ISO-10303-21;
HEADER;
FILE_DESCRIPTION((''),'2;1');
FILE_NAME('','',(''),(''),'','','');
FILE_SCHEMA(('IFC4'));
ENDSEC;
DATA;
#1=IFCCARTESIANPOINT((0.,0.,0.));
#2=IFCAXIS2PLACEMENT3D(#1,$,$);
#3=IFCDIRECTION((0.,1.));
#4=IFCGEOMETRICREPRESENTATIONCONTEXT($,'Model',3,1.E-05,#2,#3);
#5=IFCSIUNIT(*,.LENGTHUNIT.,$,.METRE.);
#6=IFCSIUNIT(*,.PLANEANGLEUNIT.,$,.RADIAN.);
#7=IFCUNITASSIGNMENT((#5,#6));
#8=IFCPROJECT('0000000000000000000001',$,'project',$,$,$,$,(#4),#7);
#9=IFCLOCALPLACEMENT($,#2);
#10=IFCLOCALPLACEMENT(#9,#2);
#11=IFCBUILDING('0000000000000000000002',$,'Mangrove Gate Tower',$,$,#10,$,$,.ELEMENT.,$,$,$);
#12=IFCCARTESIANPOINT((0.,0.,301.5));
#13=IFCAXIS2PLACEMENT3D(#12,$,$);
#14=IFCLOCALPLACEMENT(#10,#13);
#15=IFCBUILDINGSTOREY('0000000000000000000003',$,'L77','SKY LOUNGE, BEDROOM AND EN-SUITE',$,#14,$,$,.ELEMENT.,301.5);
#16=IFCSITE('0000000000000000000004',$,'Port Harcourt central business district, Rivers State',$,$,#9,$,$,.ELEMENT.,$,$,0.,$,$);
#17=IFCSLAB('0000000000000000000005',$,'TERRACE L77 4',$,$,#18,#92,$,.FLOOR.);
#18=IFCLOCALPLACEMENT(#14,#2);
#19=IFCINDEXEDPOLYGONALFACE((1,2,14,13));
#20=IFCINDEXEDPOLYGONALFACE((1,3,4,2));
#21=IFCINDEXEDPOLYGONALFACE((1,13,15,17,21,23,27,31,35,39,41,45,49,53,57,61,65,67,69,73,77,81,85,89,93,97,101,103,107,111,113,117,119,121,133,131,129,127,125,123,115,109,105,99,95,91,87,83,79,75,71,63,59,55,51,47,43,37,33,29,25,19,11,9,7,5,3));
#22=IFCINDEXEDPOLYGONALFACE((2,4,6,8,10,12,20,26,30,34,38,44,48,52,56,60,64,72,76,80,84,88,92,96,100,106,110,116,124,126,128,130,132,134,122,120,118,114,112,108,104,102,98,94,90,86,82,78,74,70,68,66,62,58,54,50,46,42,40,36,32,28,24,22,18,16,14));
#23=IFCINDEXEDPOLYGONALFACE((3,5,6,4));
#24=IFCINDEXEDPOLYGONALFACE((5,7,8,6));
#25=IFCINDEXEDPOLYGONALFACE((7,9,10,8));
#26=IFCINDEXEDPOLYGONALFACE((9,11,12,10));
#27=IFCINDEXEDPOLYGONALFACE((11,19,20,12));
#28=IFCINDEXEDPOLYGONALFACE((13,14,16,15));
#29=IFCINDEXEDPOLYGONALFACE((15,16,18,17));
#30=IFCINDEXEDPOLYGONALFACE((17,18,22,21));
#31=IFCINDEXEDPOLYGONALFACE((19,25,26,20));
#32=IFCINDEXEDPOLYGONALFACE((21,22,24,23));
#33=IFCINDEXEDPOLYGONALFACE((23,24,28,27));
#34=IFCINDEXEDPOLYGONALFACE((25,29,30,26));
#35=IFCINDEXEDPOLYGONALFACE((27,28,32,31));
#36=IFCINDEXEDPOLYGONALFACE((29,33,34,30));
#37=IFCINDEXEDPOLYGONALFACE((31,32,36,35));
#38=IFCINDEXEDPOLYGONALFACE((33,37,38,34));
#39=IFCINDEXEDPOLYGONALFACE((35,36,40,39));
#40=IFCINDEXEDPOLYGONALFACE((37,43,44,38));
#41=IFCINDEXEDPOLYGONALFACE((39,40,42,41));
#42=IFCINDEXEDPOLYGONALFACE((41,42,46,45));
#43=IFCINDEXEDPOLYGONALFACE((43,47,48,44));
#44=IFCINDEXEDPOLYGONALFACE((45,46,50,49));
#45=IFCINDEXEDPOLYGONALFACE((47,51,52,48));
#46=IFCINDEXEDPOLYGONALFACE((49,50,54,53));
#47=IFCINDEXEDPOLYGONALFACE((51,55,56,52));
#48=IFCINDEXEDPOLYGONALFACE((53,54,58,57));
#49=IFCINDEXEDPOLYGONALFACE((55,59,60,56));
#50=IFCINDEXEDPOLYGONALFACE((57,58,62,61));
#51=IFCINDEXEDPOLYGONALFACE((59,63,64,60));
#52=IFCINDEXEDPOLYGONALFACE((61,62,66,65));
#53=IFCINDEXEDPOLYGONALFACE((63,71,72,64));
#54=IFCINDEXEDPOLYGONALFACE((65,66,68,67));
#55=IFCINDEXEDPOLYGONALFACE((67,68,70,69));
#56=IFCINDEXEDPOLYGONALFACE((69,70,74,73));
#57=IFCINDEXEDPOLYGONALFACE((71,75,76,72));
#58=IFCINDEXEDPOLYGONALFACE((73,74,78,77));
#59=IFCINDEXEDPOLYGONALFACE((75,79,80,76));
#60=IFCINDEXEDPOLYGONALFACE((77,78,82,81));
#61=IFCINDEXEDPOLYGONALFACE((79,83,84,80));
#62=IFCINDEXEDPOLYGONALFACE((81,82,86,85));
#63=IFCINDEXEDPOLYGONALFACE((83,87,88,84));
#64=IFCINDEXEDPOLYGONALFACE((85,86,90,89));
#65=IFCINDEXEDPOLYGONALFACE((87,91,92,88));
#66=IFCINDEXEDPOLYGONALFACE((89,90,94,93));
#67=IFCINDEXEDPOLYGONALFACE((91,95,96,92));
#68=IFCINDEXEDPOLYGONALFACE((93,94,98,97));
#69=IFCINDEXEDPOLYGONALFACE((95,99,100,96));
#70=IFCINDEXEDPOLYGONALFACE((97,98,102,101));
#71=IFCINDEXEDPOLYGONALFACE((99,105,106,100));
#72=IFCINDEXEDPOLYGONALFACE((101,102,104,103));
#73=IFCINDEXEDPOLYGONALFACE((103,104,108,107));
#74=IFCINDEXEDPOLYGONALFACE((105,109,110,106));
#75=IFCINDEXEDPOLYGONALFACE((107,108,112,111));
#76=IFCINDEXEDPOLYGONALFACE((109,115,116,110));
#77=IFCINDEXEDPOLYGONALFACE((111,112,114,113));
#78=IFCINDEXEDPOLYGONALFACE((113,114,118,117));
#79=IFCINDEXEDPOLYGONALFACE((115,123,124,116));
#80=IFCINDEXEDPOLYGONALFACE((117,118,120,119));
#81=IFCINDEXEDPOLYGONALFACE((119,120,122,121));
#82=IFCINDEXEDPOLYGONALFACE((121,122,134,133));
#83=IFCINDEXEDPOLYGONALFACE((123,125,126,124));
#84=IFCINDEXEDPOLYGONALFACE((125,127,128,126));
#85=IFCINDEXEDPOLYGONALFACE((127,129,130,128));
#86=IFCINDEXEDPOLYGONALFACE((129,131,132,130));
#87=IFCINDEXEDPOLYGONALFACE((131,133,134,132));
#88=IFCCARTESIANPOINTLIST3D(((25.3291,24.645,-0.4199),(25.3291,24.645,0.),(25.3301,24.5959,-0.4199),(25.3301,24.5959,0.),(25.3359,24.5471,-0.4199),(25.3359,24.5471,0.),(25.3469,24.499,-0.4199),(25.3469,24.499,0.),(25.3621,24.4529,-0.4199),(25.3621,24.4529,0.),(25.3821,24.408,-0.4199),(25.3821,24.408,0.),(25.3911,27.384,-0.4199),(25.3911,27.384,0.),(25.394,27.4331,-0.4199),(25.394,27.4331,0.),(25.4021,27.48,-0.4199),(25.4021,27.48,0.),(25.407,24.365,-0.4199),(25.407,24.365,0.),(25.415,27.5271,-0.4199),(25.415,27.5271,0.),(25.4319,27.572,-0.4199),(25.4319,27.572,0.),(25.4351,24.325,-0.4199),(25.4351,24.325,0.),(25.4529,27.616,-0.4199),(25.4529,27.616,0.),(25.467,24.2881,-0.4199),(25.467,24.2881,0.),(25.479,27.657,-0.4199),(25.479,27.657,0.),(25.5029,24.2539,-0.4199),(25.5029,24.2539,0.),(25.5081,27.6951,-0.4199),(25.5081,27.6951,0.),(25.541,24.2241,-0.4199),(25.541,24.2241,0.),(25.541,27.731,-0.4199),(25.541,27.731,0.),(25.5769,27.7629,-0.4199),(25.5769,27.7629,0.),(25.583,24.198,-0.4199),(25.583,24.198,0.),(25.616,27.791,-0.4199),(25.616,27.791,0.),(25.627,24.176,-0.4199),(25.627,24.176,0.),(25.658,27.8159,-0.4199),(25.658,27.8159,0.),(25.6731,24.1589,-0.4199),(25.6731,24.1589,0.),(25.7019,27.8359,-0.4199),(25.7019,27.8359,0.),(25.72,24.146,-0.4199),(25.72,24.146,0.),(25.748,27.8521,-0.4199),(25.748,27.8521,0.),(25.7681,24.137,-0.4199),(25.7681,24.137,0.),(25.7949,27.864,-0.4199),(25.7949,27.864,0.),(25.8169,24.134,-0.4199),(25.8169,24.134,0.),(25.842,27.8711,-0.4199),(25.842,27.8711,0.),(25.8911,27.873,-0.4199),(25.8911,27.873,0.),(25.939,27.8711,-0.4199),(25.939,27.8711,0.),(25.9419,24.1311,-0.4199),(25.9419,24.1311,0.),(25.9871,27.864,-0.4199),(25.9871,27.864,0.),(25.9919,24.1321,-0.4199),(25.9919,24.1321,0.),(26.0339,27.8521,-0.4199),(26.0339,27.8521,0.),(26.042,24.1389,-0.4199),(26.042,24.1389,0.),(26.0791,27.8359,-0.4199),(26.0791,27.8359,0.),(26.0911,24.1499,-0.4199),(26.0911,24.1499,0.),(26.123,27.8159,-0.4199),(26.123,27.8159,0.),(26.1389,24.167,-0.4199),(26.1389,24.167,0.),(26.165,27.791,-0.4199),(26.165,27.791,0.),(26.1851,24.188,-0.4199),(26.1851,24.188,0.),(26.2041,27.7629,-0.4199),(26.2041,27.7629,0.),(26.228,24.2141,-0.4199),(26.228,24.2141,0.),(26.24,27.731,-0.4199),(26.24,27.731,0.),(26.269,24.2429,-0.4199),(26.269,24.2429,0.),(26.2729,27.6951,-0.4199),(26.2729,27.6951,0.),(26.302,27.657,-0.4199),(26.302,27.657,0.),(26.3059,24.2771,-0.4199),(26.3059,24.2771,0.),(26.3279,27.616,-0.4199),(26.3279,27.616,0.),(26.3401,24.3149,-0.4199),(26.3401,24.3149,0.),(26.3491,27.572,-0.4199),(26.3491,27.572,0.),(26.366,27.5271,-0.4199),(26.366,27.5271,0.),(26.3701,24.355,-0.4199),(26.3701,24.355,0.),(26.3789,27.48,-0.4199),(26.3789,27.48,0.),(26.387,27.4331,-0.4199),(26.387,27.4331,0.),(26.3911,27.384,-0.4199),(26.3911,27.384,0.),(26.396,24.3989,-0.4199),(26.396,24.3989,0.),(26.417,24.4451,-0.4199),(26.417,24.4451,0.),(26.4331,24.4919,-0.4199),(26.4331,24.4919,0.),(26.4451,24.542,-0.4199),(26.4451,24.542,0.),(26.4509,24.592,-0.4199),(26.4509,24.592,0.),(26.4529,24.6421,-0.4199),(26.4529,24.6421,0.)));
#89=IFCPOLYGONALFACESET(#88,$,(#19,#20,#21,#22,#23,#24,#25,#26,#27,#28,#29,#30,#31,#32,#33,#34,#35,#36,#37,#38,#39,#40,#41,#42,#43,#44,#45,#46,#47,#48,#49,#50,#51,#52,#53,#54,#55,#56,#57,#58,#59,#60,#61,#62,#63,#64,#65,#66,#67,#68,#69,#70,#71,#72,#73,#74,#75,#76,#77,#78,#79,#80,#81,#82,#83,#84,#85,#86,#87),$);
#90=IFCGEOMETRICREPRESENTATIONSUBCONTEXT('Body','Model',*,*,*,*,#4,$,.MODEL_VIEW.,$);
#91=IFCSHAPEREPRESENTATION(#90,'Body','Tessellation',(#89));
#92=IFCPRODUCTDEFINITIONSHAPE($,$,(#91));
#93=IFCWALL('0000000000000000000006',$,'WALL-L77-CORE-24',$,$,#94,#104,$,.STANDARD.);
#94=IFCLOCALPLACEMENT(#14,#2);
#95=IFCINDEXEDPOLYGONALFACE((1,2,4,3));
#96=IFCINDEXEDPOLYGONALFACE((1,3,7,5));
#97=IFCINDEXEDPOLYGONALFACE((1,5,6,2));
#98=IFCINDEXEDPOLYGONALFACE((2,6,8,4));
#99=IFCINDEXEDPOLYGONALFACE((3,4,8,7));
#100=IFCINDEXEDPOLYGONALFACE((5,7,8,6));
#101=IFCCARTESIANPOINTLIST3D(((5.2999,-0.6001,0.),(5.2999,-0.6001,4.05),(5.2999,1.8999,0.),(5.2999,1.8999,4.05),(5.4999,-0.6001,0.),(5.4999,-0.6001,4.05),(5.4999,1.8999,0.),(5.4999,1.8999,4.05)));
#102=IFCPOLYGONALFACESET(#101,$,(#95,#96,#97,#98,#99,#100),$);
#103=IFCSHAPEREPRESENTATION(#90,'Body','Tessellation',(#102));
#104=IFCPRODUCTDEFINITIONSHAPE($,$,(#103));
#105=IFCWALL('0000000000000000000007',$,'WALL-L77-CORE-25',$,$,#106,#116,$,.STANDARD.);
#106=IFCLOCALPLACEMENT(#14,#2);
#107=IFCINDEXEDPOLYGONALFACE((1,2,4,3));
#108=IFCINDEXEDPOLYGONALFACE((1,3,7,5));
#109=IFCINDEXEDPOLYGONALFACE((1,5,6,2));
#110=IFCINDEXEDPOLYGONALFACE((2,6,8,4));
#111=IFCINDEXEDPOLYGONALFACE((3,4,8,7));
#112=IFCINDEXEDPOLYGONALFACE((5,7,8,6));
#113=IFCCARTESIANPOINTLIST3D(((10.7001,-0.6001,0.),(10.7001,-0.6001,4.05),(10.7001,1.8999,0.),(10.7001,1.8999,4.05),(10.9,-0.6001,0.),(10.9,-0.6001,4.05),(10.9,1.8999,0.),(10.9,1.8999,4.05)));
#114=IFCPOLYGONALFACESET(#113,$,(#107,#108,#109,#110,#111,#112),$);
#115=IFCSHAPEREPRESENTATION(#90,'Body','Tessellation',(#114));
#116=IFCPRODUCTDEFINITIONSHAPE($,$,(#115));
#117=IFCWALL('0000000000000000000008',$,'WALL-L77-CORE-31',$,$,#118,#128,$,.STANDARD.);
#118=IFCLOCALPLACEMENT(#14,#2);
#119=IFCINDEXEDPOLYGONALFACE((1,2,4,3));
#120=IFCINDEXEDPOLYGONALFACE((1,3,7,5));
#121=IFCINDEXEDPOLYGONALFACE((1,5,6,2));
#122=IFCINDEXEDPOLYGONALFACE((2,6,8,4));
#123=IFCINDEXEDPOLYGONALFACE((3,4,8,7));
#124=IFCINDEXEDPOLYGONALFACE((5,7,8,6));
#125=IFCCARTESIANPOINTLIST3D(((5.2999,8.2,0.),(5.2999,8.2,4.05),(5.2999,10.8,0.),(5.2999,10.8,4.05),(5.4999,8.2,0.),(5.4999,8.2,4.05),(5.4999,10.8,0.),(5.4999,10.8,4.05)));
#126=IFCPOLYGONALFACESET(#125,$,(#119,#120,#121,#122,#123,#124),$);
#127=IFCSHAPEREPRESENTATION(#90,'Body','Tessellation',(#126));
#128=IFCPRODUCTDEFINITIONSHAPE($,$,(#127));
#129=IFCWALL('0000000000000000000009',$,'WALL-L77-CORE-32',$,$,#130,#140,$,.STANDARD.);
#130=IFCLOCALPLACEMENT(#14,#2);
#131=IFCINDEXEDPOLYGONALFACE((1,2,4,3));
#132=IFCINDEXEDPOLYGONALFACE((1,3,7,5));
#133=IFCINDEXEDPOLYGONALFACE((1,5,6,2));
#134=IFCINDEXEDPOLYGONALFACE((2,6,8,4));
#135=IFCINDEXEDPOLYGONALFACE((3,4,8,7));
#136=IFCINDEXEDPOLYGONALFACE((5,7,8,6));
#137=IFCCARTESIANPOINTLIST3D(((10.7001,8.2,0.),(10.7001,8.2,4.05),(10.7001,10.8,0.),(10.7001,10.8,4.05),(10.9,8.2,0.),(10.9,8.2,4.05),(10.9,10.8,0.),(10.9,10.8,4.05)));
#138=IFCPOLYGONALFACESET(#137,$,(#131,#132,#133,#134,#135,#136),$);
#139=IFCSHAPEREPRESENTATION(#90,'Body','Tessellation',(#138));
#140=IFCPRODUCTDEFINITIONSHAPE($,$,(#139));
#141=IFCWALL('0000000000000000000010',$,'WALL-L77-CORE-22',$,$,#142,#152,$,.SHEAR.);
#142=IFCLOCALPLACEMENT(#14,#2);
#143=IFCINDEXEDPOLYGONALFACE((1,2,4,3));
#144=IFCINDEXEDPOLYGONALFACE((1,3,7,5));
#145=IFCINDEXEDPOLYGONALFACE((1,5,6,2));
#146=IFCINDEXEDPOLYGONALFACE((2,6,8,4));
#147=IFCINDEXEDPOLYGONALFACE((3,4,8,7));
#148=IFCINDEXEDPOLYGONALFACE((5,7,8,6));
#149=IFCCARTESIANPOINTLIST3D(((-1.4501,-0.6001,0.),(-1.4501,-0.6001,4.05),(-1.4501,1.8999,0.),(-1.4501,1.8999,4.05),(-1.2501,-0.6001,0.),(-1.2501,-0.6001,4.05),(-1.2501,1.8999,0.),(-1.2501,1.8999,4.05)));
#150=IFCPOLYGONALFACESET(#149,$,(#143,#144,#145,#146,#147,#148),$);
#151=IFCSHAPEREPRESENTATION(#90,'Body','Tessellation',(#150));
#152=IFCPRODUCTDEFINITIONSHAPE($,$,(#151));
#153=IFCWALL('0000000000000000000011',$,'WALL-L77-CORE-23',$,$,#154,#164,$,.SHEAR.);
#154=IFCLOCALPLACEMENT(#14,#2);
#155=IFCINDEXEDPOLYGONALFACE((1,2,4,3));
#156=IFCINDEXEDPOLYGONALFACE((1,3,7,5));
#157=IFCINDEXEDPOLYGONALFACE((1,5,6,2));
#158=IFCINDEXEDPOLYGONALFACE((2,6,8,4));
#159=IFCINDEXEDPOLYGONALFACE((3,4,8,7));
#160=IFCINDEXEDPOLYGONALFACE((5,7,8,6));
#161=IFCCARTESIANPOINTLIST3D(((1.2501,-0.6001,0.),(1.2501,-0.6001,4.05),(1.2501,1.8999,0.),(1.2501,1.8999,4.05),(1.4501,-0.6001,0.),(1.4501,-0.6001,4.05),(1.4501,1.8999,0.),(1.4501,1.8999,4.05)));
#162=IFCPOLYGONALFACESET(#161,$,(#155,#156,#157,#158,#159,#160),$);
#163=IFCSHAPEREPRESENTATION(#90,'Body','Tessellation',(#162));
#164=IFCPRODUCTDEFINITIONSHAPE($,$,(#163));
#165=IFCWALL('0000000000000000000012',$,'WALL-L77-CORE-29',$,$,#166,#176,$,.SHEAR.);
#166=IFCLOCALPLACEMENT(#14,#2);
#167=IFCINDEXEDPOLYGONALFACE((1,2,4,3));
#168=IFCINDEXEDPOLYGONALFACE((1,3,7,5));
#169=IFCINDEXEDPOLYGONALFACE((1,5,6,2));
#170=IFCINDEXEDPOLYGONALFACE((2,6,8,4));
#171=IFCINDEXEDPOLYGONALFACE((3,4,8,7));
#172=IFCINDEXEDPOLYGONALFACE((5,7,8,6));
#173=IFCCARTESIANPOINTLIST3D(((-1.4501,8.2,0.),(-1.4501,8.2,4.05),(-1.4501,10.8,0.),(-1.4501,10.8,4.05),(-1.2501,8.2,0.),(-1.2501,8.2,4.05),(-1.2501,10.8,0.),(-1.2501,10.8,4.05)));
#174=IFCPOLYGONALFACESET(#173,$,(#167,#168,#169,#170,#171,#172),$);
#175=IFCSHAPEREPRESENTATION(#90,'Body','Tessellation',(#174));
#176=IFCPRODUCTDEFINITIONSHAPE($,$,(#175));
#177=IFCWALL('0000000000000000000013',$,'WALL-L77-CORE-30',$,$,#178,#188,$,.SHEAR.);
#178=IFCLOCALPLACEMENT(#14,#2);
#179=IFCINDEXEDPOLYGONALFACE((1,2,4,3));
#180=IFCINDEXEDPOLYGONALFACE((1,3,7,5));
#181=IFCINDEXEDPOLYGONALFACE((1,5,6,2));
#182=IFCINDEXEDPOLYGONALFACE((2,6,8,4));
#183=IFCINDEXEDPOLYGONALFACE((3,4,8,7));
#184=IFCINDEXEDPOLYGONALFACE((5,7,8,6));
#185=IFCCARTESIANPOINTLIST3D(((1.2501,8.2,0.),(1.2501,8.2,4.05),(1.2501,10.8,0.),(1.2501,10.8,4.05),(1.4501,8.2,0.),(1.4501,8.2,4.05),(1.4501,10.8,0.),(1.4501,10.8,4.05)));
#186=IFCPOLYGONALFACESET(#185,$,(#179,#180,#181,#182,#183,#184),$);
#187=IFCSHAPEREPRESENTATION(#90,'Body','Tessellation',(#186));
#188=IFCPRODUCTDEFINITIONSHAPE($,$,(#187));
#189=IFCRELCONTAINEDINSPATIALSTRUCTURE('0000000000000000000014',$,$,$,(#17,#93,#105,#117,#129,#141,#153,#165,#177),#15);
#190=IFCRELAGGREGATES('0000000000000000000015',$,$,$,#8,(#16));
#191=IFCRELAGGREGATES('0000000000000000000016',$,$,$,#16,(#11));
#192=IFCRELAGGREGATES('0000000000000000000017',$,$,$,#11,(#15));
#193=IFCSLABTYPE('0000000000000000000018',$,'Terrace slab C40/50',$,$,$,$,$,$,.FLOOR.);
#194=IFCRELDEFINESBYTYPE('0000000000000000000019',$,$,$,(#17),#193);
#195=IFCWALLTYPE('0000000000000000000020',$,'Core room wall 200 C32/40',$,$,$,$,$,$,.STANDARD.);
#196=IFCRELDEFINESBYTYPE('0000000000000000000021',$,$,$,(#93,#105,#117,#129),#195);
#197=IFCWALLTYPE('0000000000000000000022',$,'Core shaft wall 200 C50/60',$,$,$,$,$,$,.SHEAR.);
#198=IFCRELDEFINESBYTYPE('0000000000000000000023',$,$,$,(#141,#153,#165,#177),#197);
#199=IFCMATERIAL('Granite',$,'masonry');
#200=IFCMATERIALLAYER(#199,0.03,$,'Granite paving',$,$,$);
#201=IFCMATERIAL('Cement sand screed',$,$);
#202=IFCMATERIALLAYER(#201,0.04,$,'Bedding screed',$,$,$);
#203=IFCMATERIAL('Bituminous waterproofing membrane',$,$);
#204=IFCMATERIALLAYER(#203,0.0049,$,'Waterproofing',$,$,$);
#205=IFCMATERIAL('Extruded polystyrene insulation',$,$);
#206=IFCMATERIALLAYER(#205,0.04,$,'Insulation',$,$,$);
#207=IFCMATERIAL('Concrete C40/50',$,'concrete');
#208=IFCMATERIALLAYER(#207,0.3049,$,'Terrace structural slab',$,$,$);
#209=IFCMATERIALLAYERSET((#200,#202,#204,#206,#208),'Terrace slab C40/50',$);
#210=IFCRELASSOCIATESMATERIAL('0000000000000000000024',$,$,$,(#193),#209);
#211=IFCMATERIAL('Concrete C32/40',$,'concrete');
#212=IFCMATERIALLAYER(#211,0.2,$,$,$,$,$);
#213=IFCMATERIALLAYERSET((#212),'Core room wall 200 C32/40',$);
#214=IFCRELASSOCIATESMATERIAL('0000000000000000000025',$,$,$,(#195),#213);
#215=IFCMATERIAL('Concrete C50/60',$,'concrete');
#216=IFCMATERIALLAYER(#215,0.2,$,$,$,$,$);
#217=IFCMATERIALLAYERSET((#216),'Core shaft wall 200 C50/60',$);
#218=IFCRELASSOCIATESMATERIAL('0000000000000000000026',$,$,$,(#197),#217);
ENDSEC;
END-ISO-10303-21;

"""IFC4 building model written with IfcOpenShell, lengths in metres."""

from ifc_helpers import new_model, si_unit, direction, frame, frame_2d, origin, place, context, subcontext, project, spatial, polyline, rectangle, outline, extrude, material, layer, layer_set, type_object, element, save


model = new_model("IFC4")

# Units and contexts
model_context = context("Model", 3, precision=1e-05, world=origin(), true_north=direction((0.0, 1.0)))
body_context = subcontext(model_context, "Body", "Model", "MODEL_VIEW")
ifc_project = project(units=[si_unit("LENGTHUNIT", "METRE"), si_unit("PLANEANGLEUNIT", "RADIAN")], contexts=[model_context])

# Site, building, storey
site_placement = place(None, origin())
site = spatial("IfcSite", under=ifc_project, at=site_placement, Name="Port Harcourt central business district, Rivers State", CompositionType="ELEMENT", RefElevation=0.0)
building_placement = place(site_placement, origin())
building = spatial("IfcBuilding", under=site, at=building_placement, Name="Mangrove Gate Tower", CompositionType="ELEMENT")
storey_placement = place(building_placement, frame((0.0, 0.0, 301.5)))
storey = spatial("IfcBuildingStorey", under=building, at=storey_placement, Name="L77", Description="SKY LOUNGE, BEDROOM AND EN-SUITE", CompositionType="ELEMENT", Elevation=301.5)

# Shared definitions
ifc_material_1 = material(Name="Cement sand screed")
ifc_material_2 = material(Name="Bituminous waterproofing membrane")
ifc_material_3 = material(Name="Concrete C40/50", Category="concrete")

# Slab
ifc_material_4 = material(Name="Granite", Category="masonry")
ifc_layer_1 = layer(ifc_material_4, 0.03, Name="Granite paving")
ifc_layer_2 = layer(ifc_material_1, 0.04, Name="Bedding screed")
ifc_layer_3 = layer(ifc_material_2, 0.0049, Name="Waterproofing")
ifc_material_5 = material(Name="Extruded polystyrene insulation")
ifc_layer_4 = layer(ifc_material_5, 0.04, Name="Insulation")
ifc_layer_5 = layer(ifc_material_3, 0.3049, Name="Terrace structural slab")
ifc_layer_set_1 = layer_set([ifc_layer_1, ifc_layer_2, ifc_layer_3, ifc_layer_4, ifc_layer_5], Name="Terrace slab C40/50")
slab_type_1 = type_object("IfcSlabType", Name="Terrace slab C40/50", PredefinedType="FLOOR", material=ifc_layer_set_1)
slab_1_placement = place(storey_placement, frame((0.0, 0.0, -0.4199)))
element("IfcSlab", 1, at=slab_1_placement, inside=storey, type_object=slab_type_1, Name="TERRACE L77 4", PredefinedType="FLOOR", context=body_context, shape_type="SweptSolid", body=[
    extrude(outline(polyline([(25.3911, 27.384), (25.3291, 24.645), (25.3301, 24.5959), (25.3359, 24.5471), (25.3469, 24.499), (25.3621, 24.4529), (25.3821, 24.408), (25.407, 24.365), (25.4351, 24.325), (25.467, 24.2881), (25.5029, 24.2539), (25.541, 24.2241), (25.583, 24.198), (25.627, 24.176), (25.6731, 24.1589), (25.72, 24.146), (25.7681, 24.137), (25.8169, 24.134), (25.9419, 24.1311), (25.9919, 24.1321), (26.042, 24.1389), (26.0911, 24.1499), (26.1389, 24.167), (26.1851, 24.188), (26.228, 24.2141), (26.269, 24.2429), (26.3059, 24.2771), (26.3401, 24.3149), (26.3701, 24.355), (26.396, 24.3989), (26.417, 24.4451), (26.4331, 24.4919), (26.4451, 24.542), (26.4509, 24.592), (26.4529, 24.6421), (26.3911, 27.384), (26.387, 27.4331), (26.3789, 27.48), (26.366, 27.5271), (26.3491, 27.572), (26.3279, 27.616), (26.302, 27.657), (26.2729, 27.6951), (26.24, 27.731), (26.2041, 27.7629), (26.165, 27.791), (26.123, 27.8159), (26.0791, 27.8359), (26.0339, 27.8521), (25.9871, 27.864), (25.939, 27.8711), (25.8911, 27.873), (25.842, 27.8711), (25.7949, 27.864), (25.748, 27.8521), (25.7019, 27.8359), (25.658, 27.8159), (25.616, 27.791), (25.5769, 27.7629), (25.541, 27.731), (25.5081, 27.6951), (25.479, 27.657), (25.4529, 27.616), (25.4319, 27.572), (25.415, 27.5271), (25.4021, 27.48), (25.394, 27.4331), (25.3911, 27.384)])), origin(), (0.0, 0.0, 1.0), 0.4199),
])

# Walls
ifc_material_6 = material(Name="Concrete C32/40", Category="concrete")
ifc_layer_6 = layer(ifc_material_6, 0.2)
ifc_layer_set_2 = layer_set([ifc_layer_6], Name="Core room wall 200 C32/40")
wall_type_1 = type_object("IfcWallType", Name="Core room wall 200 C32/40", PredefinedType="STANDARD", material=ifc_layer_set_2)
for number, where, z_axis, x_axis, name in (
    (2, (5.3999, -0.6001, 0.0), (0.0, 0.0, 1.0), (0.0, 1.0, 0.0), "WALL-L77-CORE-24"),
    (3, (10.8, -0.6001, 0.0), (0.0, 0.0, 1.0), (0.0, 1.0, 0.0), "WALL-L77-CORE-25"),
):
    element("IfcWall", number, at=place(storey_placement, frame(where, z_axis=z_axis, x_axis=x_axis)), inside=storey, type_object=wall_type_1, Name=name, PredefinedType="STANDARD", context=body_context, shape_type="SweptSolid", body=[
        extrude(rectangle(XDim=2.5, YDim=0.2, at=frame_2d((1.25, 0.0))), origin(), (0.0, 0.0, 1.0), 4.05),
    ])
for number, where, z_axis, x_axis, name in (
    (4, (5.3999, 8.2, 0.0), (0.0, 0.0, 1.0), (0.0, 1.0, 0.0), "WALL-L77-CORE-31"),
    (5, (10.8, 8.2, 0.0), (0.0, 0.0, 1.0), (0.0, 1.0, 0.0), "WALL-L77-CORE-32"),
):
    element("IfcWall", number, at=place(storey_placement, frame(where, z_axis=z_axis, x_axis=x_axis)), inside=storey, type_object=wall_type_1, Name=name, PredefinedType="STANDARD", context=body_context, shape_type="SweptSolid", body=[
        extrude(rectangle(XDim=2.6001, YDim=0.2, at=frame_2d((1.3, 0.0))), origin(), (0.0, 0.0, 1.0), 4.05),
    ])
ifc_material_7 = material(Name="Concrete C50/60", Category="concrete")
ifc_layer_7 = layer(ifc_material_7, 0.2)
ifc_layer_set_3 = layer_set([ifc_layer_7], Name="Core shaft wall 200 C50/60")
wall_type_2 = type_object("IfcWallType", Name="Core shaft wall 200 C50/60", PredefinedType="SHEAR", material=ifc_layer_set_3)
for number, where, z_axis, x_axis, name in (
    (6, (-1.3501, -0.6001, 0.0), (0.0, 0.0, 1.0), (0.0, 1.0, 0.0), "WALL-L77-CORE-22"),
    (7, (1.3501, -0.6001, 0.0), (0.0, 0.0, 1.0), (0.0, 1.0, 0.0), "WALL-L77-CORE-23"),
):
    element("IfcWall", number, at=place(storey_placement, frame(where, z_axis=z_axis, x_axis=x_axis)), inside=storey, type_object=wall_type_2, Name=name, PredefinedType="SHEAR", context=body_context, shape_type="SweptSolid", body=[
        extrude(rectangle(XDim=2.5, YDim=0.2, at=frame_2d((1.25, 0.0))), origin(), (0.0, 0.0, 1.0), 4.05),
    ])
for number, where, z_axis, x_axis, name in (
    (8, (-1.3501, 8.2, 0.0), (0.0, 0.0, 1.0), (0.0, 1.0, 0.0), "WALL-L77-CORE-29"),
    (9, (1.3501, 8.2, 0.0), (0.0, 0.0, 1.0), (0.0, 1.0, 0.0), "WALL-L77-CORE-30"),
):
    element("IfcWall", number, at=place(storey_placement, frame(where, z_axis=z_axis, x_axis=x_axis)), inside=storey, type_object=wall_type_2, Name=name, PredefinedType="SHEAR", context=body_context, shape_type="SweptSolid", body=[
        extrude(rectangle(XDim=2.6001, YDim=0.2, at=frame_2d((1.3, 0.0))), origin(), (0.0, 0.0, 1.0), 4.05),
    ])

save(model, "model.ifc")
